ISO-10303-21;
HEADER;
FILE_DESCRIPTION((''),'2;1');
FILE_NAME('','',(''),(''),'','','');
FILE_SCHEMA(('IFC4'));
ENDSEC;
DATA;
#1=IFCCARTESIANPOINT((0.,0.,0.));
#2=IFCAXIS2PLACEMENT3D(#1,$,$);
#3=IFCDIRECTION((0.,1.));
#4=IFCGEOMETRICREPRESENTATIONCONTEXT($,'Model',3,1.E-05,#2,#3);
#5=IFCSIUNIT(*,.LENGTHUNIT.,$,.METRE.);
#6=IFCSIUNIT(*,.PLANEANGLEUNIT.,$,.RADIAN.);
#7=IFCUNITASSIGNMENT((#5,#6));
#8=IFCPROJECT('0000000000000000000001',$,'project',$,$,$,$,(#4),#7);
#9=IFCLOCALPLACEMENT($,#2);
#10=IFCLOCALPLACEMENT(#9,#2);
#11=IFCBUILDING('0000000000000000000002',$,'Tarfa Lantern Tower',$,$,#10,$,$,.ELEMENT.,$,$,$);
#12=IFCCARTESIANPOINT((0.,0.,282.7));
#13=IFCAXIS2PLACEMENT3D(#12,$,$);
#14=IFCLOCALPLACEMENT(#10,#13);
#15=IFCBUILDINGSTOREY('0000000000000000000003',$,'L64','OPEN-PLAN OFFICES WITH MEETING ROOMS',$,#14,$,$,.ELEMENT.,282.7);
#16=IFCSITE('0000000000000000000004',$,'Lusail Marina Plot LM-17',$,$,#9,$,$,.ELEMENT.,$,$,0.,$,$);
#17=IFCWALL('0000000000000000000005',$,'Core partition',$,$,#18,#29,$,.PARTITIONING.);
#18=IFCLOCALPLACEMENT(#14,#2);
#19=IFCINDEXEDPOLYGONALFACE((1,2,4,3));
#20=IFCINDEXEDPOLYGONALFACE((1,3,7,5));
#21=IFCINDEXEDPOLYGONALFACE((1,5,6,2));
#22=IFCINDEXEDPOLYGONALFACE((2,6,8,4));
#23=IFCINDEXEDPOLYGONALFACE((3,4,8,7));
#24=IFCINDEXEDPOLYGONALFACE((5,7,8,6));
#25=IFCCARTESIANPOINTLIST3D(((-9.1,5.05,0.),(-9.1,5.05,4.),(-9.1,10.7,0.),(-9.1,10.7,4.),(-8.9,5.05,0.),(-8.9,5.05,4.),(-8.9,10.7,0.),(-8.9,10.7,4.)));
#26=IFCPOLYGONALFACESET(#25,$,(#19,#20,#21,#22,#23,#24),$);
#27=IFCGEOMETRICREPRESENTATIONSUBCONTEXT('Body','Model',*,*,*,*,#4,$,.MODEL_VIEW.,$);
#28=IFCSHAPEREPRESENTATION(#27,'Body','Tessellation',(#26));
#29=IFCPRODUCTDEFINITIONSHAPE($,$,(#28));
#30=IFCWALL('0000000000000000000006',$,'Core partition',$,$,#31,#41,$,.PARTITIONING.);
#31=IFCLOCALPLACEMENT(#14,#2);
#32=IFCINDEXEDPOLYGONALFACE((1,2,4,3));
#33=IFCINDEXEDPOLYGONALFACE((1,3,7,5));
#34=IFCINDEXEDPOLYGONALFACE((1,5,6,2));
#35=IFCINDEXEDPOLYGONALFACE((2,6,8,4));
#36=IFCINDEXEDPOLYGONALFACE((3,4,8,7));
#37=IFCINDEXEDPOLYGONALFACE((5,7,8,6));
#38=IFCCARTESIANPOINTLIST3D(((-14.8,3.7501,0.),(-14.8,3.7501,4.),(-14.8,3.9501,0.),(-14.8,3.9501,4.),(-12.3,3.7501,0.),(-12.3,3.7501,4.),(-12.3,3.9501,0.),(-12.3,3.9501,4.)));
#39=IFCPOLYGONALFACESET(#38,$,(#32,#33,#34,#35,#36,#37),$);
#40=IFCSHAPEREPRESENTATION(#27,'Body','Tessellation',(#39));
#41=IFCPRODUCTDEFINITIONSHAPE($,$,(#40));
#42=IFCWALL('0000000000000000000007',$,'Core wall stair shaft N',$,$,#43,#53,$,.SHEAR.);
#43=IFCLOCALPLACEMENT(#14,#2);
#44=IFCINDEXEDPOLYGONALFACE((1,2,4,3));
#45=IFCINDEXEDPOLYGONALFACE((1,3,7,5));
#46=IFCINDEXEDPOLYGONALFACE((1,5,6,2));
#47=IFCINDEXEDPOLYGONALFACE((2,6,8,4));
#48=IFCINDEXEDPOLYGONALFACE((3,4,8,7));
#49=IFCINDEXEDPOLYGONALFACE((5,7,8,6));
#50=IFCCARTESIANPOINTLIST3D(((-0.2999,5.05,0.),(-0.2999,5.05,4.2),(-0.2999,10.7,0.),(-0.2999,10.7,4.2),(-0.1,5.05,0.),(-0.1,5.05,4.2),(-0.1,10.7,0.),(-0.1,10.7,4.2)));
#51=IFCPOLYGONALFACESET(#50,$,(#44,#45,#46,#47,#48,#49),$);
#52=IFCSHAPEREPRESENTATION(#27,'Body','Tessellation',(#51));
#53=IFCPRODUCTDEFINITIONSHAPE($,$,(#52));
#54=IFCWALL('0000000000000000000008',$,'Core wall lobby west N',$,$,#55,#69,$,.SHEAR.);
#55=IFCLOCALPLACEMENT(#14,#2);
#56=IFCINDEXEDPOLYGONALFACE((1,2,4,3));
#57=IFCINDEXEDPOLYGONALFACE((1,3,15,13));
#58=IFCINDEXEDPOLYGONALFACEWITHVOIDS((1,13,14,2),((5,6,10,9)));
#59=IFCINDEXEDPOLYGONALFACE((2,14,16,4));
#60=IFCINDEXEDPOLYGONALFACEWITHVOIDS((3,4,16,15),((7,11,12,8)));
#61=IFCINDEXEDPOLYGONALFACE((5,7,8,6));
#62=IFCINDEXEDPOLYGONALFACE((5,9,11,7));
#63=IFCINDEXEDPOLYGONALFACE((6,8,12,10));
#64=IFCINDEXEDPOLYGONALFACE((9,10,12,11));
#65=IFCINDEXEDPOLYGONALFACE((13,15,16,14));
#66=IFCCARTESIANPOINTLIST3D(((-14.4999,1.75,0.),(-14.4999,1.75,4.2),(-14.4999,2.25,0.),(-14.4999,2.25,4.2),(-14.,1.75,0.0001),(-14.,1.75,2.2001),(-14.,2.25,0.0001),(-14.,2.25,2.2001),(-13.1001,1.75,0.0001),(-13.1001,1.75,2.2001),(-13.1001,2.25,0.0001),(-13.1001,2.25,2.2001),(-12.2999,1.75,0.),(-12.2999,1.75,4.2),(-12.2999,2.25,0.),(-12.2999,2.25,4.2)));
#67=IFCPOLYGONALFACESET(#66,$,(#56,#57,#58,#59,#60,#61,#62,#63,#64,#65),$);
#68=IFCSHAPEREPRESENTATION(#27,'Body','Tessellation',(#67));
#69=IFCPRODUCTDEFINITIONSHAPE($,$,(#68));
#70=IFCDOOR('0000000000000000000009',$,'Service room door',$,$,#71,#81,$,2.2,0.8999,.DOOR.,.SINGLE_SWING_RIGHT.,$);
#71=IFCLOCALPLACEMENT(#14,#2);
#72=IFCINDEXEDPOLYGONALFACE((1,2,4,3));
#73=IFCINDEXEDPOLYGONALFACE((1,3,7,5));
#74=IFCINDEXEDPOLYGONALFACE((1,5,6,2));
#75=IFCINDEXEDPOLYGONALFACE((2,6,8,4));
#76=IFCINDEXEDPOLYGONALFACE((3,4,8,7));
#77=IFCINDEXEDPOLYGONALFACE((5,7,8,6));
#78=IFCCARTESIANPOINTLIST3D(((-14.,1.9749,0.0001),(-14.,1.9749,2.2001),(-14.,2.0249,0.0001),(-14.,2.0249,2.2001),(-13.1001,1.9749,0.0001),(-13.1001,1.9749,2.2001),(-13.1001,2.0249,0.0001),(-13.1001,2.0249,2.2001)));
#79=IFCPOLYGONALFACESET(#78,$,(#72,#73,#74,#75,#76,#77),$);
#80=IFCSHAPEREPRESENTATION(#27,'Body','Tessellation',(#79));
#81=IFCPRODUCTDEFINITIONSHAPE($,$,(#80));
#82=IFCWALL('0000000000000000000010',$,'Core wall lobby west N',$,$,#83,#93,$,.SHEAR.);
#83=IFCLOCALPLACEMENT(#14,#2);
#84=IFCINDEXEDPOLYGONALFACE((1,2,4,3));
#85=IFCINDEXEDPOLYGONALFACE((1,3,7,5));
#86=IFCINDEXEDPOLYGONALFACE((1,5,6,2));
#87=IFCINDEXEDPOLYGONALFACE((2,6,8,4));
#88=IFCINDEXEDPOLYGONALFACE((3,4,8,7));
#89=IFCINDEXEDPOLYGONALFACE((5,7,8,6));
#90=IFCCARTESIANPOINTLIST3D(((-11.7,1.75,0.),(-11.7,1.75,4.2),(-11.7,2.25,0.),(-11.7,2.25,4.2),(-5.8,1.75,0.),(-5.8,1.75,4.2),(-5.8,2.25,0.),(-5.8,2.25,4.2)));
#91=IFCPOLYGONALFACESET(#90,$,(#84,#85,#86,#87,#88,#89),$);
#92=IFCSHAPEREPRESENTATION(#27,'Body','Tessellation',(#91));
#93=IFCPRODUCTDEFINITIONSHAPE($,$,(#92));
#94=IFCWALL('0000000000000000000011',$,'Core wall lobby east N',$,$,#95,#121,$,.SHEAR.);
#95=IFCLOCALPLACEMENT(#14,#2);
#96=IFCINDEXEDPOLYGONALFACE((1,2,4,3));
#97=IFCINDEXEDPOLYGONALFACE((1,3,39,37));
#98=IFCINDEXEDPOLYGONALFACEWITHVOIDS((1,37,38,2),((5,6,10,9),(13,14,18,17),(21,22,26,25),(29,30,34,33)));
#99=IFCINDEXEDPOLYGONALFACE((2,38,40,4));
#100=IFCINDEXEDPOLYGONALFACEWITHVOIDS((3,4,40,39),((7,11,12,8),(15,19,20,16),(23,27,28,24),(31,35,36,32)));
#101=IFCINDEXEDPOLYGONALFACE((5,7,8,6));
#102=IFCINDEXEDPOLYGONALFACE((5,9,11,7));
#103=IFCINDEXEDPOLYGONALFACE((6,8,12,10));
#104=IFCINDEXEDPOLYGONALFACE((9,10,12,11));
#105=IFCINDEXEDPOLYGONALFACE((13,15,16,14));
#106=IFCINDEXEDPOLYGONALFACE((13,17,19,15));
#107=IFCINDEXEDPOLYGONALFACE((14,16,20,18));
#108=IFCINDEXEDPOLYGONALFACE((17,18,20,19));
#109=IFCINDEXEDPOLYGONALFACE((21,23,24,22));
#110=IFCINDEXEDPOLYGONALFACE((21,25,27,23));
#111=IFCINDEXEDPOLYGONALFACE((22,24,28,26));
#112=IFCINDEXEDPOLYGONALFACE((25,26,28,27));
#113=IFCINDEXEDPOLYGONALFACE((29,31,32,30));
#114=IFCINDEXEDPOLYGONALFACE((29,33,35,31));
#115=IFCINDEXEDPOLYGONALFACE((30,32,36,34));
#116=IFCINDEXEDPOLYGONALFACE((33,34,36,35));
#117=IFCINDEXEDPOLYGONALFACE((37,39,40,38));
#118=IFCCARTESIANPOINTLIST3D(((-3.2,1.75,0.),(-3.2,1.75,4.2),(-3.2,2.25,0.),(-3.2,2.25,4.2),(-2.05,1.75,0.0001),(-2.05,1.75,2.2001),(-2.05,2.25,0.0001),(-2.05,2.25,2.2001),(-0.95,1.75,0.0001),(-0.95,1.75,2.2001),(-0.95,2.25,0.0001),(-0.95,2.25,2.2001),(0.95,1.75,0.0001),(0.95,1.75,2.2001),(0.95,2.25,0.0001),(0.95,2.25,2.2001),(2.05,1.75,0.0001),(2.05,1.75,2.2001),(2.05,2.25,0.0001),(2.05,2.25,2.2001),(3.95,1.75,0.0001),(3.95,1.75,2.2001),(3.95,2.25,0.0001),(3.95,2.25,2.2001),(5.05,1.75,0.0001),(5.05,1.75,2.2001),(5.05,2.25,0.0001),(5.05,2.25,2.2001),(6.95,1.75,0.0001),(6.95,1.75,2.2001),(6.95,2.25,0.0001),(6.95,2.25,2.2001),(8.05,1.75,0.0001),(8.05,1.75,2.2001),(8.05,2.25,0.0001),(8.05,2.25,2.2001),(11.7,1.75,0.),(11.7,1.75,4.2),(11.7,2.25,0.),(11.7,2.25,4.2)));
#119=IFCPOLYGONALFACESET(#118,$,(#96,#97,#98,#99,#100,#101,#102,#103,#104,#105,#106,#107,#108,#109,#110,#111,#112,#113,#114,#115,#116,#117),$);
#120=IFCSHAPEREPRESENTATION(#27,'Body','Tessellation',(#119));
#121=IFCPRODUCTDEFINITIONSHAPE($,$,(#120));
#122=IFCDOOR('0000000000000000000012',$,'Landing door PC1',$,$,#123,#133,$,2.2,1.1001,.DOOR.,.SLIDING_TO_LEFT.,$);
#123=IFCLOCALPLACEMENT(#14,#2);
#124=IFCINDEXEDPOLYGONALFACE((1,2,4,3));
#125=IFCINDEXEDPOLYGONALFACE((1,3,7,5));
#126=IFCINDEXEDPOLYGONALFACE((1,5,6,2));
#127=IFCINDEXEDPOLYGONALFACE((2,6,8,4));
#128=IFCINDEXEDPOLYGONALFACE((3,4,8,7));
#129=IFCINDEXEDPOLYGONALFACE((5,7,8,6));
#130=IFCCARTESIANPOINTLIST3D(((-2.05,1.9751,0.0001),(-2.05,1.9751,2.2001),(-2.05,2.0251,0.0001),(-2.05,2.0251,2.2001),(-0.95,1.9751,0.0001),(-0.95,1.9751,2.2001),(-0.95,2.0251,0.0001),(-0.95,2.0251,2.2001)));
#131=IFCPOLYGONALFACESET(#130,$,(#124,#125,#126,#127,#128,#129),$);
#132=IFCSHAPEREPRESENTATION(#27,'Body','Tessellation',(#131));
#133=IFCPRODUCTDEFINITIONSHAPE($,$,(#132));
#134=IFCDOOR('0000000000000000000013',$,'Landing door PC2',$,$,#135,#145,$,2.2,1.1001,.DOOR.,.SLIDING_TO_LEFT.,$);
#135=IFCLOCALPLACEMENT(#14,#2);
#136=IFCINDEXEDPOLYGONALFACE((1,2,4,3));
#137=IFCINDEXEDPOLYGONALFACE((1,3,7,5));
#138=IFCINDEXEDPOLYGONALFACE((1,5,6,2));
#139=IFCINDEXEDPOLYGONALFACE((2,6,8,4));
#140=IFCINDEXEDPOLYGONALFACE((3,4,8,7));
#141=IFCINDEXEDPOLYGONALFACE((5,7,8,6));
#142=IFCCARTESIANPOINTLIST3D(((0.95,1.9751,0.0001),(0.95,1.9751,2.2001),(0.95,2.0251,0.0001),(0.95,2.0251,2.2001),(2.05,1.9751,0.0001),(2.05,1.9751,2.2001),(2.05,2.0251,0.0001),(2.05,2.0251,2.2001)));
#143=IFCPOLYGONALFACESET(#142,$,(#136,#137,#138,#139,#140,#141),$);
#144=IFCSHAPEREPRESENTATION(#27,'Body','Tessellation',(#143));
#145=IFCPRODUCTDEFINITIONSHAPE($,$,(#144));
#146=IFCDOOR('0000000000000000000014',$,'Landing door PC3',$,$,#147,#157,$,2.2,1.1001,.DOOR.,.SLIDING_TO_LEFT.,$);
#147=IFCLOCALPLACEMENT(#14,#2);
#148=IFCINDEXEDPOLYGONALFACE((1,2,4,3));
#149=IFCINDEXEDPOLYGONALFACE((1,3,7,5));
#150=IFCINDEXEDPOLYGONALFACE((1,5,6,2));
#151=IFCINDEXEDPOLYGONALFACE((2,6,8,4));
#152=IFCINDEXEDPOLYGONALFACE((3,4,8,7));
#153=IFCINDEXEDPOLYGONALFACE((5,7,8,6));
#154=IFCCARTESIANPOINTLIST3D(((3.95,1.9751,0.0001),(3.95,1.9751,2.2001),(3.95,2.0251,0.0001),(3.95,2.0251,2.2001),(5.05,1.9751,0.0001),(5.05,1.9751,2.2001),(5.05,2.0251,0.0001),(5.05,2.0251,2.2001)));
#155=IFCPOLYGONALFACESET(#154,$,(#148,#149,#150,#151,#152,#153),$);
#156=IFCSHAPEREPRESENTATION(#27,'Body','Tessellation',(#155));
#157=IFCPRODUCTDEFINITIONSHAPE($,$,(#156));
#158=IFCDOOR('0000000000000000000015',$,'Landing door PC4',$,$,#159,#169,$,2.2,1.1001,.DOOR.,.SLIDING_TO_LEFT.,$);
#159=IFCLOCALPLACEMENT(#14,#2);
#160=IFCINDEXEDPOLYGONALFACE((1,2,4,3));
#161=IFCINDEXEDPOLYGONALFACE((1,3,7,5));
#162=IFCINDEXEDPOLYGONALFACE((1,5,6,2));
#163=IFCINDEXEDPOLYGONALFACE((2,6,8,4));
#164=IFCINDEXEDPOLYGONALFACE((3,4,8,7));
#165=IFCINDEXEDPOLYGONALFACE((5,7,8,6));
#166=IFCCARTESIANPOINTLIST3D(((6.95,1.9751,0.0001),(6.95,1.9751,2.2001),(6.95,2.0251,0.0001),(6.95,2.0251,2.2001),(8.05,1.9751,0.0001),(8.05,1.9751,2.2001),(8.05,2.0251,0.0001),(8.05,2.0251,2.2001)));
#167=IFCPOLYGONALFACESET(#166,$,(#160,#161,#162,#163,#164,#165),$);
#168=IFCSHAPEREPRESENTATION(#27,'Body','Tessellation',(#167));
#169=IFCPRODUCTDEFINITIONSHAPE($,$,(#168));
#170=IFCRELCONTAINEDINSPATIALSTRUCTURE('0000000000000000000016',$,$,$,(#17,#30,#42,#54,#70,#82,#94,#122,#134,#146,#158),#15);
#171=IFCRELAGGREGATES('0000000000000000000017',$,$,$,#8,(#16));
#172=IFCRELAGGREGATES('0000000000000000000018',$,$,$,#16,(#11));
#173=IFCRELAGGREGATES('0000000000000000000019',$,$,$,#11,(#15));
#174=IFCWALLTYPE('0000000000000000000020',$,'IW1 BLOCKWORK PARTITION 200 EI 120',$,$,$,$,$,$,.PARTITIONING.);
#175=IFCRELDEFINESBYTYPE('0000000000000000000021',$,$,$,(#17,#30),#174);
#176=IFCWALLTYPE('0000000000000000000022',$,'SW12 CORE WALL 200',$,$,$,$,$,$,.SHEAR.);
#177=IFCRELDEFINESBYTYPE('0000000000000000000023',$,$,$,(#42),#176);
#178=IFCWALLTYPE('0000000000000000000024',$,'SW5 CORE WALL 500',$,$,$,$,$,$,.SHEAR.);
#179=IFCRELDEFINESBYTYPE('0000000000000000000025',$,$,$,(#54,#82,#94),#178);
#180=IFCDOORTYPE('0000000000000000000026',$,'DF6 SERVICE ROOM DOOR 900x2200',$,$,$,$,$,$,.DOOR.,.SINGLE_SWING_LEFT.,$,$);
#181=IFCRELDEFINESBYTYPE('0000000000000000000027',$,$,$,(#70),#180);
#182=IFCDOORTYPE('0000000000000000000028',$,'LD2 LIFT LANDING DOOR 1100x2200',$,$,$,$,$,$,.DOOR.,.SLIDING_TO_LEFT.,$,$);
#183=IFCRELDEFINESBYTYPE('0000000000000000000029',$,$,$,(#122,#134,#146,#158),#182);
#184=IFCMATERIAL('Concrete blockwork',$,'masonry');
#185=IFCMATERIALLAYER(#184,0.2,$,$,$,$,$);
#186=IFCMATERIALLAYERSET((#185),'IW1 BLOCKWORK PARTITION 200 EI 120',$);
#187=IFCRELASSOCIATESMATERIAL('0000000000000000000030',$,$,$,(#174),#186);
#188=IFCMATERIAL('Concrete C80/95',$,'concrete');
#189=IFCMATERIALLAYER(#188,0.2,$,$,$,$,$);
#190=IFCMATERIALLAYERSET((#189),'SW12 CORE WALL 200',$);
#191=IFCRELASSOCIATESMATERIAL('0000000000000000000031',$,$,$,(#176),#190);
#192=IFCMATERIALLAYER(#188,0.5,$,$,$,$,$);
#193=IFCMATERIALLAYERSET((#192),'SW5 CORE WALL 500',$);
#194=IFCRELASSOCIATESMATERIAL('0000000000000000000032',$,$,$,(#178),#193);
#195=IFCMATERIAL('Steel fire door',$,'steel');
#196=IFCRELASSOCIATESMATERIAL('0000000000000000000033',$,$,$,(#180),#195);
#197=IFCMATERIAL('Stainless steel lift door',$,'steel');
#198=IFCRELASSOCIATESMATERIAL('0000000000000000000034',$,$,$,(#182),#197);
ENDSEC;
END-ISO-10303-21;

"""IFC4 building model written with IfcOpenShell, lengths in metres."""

from ifc_helpers import new_model, si_unit, direction, frame, frame_2d, origin, place, context, subcontext, project, spatial, rectangle, extrude, material, layer, layer_set, type_object, element, fill, save


model = new_model("IFC4")

# Units and contexts
model_context = context("Model", 3, precision=1e-05, world=origin(), true_north=direction((0.0, 1.0)))
body_context = subcontext(model_context, "Body", "Model", "MODEL_VIEW")
ifc_project = project(units=[si_unit("LENGTHUNIT", "METRE"), si_unit("PLANEANGLEUNIT", "RADIAN")], contexts=[model_context])

# Site, building, storey
site_placement = place(None, origin())
site = spatial("IfcSite", under=ifc_project, at=site_placement, Name="Lusail Marina Plot LM-17", CompositionType="ELEMENT", RefElevation=0.0)
building_placement = place(site_placement, origin())
building = spatial("IfcBuilding", under=site, at=building_placement, Name="Tarfa Lantern Tower", CompositionType="ELEMENT")
storey_placement = place(building_placement, frame((0.0, 0.0, 282.7)))
storey = spatial("IfcBuildingStorey", under=building, at=storey_placement, Name="L64", Description="OPEN-PLAN OFFICES WITH MEETING ROOMS", CompositionType="ELEMENT", Elevation=282.7)

# Walls
ifc_material_1 = material(Name="Concrete blockwork", Category="masonry")
ifc_layer_1 = layer(ifc_material_1, 0.2)
ifc_layer_set_1 = layer_set([ifc_layer_1], Name="IW1 BLOCKWORK PARTITION 200 EI 120")
wall_type_1 = type_object("IfcWallType", Name="IW1 BLOCKWORK PARTITION 200 EI 120", PredefinedType="PARTITIONING", material=ifc_layer_set_1)
wall_1_placement = place(storey_placement, frame((-9.0, 5.05, 0.0), z_axis=(0.0, 0.0, 1.0), x_axis=(0.0, 1.0, 0.0)))
element("IfcWall", 1, at=wall_1_placement, inside=storey, type_object=wall_type_1, Name="Core partition", PredefinedType="PARTITIONING", context=body_context, shape_type="SweptSolid", body=[
    extrude(rectangle(XDim=5.6499, YDim=0.2, at=frame_2d((2.825, 0.0))), origin(), (0.0, 0.0, 1.0), 4.0),
])
wall_2_placement = place(storey_placement, frame((-14.8, 3.8501, 0.0), z_axis=(0.0, 0.0, 1.0), x_axis=(1.0, 0.0, 0.0)))
element("IfcWall", 2, at=wall_2_placement, inside=storey, type_object=wall_type_1, Name="Core partition", PredefinedType="PARTITIONING", context=body_context, shape_type="SweptSolid", body=[
    extrude(rectangle(XDim=2.5, YDim=0.2, at=frame_2d((1.25, 0.0))), origin(), (0.0, 0.0, 1.0), 4.0),
])
ifc_material_2 = material(Name="Concrete C80/95", Category="concrete")
ifc_layer_2 = layer(ifc_material_2, 0.2)
ifc_layer_set_2 = layer_set([ifc_layer_2], Name="SW12 CORE WALL 200")
wall_type_2 = type_object("IfcWallType", Name="SW12 CORE WALL 200", PredefinedType="SHEAR", material=ifc_layer_set_2)
wall_3_placement = place(storey_placement, frame((-0.2, 5.05, 0.0), z_axis=(0.0, 0.0, 1.0), x_axis=(0.0, 1.0, 0.0)))
element("IfcWall", 3, at=wall_3_placement, inside=storey, type_object=wall_type_2, Name="Core wall stair shaft N", PredefinedType="SHEAR", context=body_context, shape_type="SweptSolid", body=[
    extrude(rectangle(XDim=5.6499, YDim=0.2, at=frame_2d((2.825, 0.0))), origin(), (0.0, 0.0, 1.0), 4.2),
])

# Wall, opening, door
ifc_layer_3 = layer(ifc_material_2, 0.5)
ifc_layer_set_3 = layer_set([ifc_layer_3], Name="SW5 CORE WALL 500")
wall_type_3 = type_object("IfcWallType", Name="SW5 CORE WALL 500", PredefinedType="SHEAR", material=ifc_layer_set_3)
wall_4_placement = place(storey_placement, frame((-14.5, 2.0, 0.0), z_axis=(0.0, 0.0, 1.0), x_axis=(1.0, 0.0, 0.0)))
wall_4 = element("IfcWall", 4, at=wall_4_placement, inside=storey, type_object=wall_type_3, Name="Core wall lobby west N", PredefinedType="SHEAR", context=body_context, shape_type="SweptSolid", body=[
    extrude(rectangle(XDim=2.2, YDim=0.5, at=frame_2d((1.1001, 0.0))), origin(), (0.0, 0.0, 1.0), 4.2),
])
opening_1_placement = place(wall_4_placement, frame((0.5, 0.0, 0.0)))
opening_1 = element("IfcOpeningElement", 5, at=opening_1_placement, cuts=wall_4, PredefinedType="OPENING", context=body_context, shape_type="SweptSolid", body=[
    extrude(rectangle(XDim=0.8999, YDim=2.2, at=frame_2d((0.45, 1.1001))), frame((0.0, 0.26, 0.0), z_axis=(0.0, -1.0, 0.0), x_axis=(1.0, 0.0, 0.0)), (0.0, 0.0, 1.0), 0.52),
])
ifc_material_3 = material(Name="Steel fire door", Category="steel")
door_type_1 = type_object("IfcDoorType", Name="DF6 SERVICE ROOM DOOR 900x2200", OperationType="SINGLE_SWING_LEFT", PredefinedType="DOOR", material=ifc_material_3)
door_1_placement = place(opening_1_placement, origin())
door_1 = element("IfcDoor", 6, at=door_1_placement, inside=storey, type_object=door_type_1, Name="Service room door", OperationType="SINGLE_SWING_RIGHT", OverallHeight=2.2, OverallWidth=0.8999, PredefinedType="DOOR", context=body_context, shape_type="SweptSolid", body=[
    extrude(rectangle(XDim=0.8999, YDim=2.2, at=frame_2d((0.45, 1.1001))), frame((0.0, 0.0249, 0.0), z_axis=(0.0, -1.0, 0.0), x_axis=(1.0, 0.0, 0.0)), (0.0, 0.0, 1.0), 0.05),
])
fill(opening_1, door_1)

# Wall
wall_5_placement = place(storey_placement, frame((-11.7, 2.0, 0.0), z_axis=(0.0, 0.0, 1.0), x_axis=(1.0, 0.0, 0.0)))
element("IfcWall", 7, at=wall_5_placement, inside=storey, type_object=wall_type_3, Name="Core wall lobby west N", PredefinedType="SHEAR", context=body_context, shape_type="SweptSolid", body=[
    extrude(rectangle(XDim=5.8999, YDim=0.5, at=frame_2d((2.95, 0.0))), origin(), (0.0, 0.0, 1.0), 4.2),
])

# Wall, openings, doors
wall_6_placement = place(storey_placement, frame((-3.2, 2.0, 0.0), z_axis=(0.0, 0.0, 1.0), x_axis=(1.0, 0.0, 0.0)))
wall_6 = element("IfcWall", 8, at=wall_6_placement, inside=storey, type_object=wall_type_3, Name="Core wall lobby east N", PredefinedType="SHEAR", context=body_context, shape_type="SweptSolid", body=[
    extrude(rectangle(XDim=14.8999, YDim=0.5, at=frame_2d((7.45, 0.0))), origin(), (0.0, 0.0, 1.0), 4.2),
])
opening_2_placement = place(wall_6_placement, frame((1.1499, 0.0, 0.0)))
opening_2 = element("IfcOpeningElement", 9, at=opening_2_placement, cuts=wall_6, PredefinedType="OPENING", context=body_context, shape_type="SweptSolid", body=[
    extrude(rectangle(XDim=1.1001, YDim=2.2, at=frame_2d((0.55, 1.1001))), frame((0.0, 0.26, 0.0), z_axis=(0.0, -1.0, 0.0), x_axis=(1.0, 0.0, 0.0)), (0.0, 0.0, 1.0), 0.52),
])
opening_3_placement = place(wall_6_placement, frame((4.1499, 0.0, 0.0)))
opening_3 = element("IfcOpeningElement", 10, at=opening_3_placement, cuts=wall_6, PredefinedType="OPENING", context=body_context, shape_type="SweptSolid", body=[
    extrude(rectangle(XDim=1.1001, YDim=2.2, at=frame_2d((0.55, 1.1001))), frame((0.0, 0.26, 0.0), z_axis=(0.0, -1.0, 0.0), x_axis=(1.0, 0.0, 0.0)), (0.0, 0.0, 1.0), 0.52),
])
opening_4_placement = place(wall_6_placement, frame((7.1499, 0.0, 0.0)))
opening_4 = element("IfcOpeningElement", 11, at=opening_4_placement, cuts=wall_6, PredefinedType="OPENING", context=body_context, shape_type="SweptSolid", body=[
    extrude(rectangle(XDim=1.1001, YDim=2.2, at=frame_2d((0.55, 1.1001))), frame((0.0, 0.26, 0.0), z_axis=(0.0, -1.0, 0.0), x_axis=(1.0, 0.0, 0.0)), (0.0, 0.0, 1.0), 0.52),
])
opening_5_placement = place(wall_6_placement, frame((10.1499, 0.0, 0.0)))
opening_5 = element("IfcOpeningElement", 12, at=opening_5_placement, cuts=wall_6, PredefinedType="OPENING", context=body_context, shape_type="SweptSolid", body=[
    extrude(rectangle(XDim=1.1001, YDim=2.2, at=frame_2d((0.55, 1.1001))), frame((0.0, 0.26, 0.0), z_axis=(0.0, -1.0, 0.0), x_axis=(1.0, 0.0, 0.0)), (0.0, 0.0, 1.0), 0.52),
])
ifc_material_4 = material(Name="Stainless steel lift door", Category="steel")
door_type_2 = type_object("IfcDoorType", Name="LD2 LIFT LANDING DOOR 1100x2200", OperationType="SLIDING_TO_LEFT", PredefinedType="DOOR", material=ifc_material_4)
door_2_placement = place(opening_2_placement, frame((1.1001, 0.0, 0.0), z_axis=(0.0, 0.0, 1.0), x_axis=(-1.0, 0.0, 0.0)))
door_2 = element("IfcDoor", 13, at=door_2_placement, inside=storey, type_object=door_type_2, Name="Landing door PC1", OperationType="SLIDING_TO_LEFT", OverallHeight=2.2, OverallWidth=1.1001, PredefinedType="DOOR", context=body_context, shape_type="SweptSolid", body=[
    extrude(rectangle(XDim=1.1001, YDim=2.2, at=frame_2d((0.55, 1.1001))), frame((0.0, 0.0249, 0.0), z_axis=(0.0, -1.0, 0.0), x_axis=(1.0, 0.0, 0.0)), (0.0, 0.0, 1.0), 0.05),
])
fill(opening_2, door_2)
door_3_placement = place(opening_3_placement, frame((1.1001, 0.0, 0.0), z_axis=(0.0, 0.0, 1.0), x_axis=(-1.0, 0.0, 0.0)))
door_3 = element("IfcDoor", 14, at=door_3_placement, inside=storey, type_object=door_type_2, Name="Landing door PC2", OperationType="SLIDING_TO_LEFT", OverallHeight=2.2, OverallWidth=1.1001, PredefinedType="DOOR", context=body_context, shape_type="SweptSolid", body=[
    extrude(rectangle(XDim=1.1001, YDim=2.2, at=frame_2d((0.55, 1.1001))), frame((0.0, 0.0249, 0.0), z_axis=(0.0, -1.0, 0.0), x_axis=(1.0, 0.0, 0.0)), (0.0, 0.0, 1.0), 0.05),
])
fill(opening_3, door_3)
door_4_placement = place(opening_4_placement, frame((1.1001, 0.0, 0.0), z_axis=(0.0, 0.0, 1.0), x_axis=(-1.0, 0.0, 0.0)))
door_4 = element("IfcDoor", 15, at=door_4_placement, inside=storey, type_object=door_type_2, Name="Landing door PC3", OperationType="SLIDING_TO_LEFT", OverallHeight=2.2, OverallWidth=1.1001, PredefinedType="DOOR", context=body_context, shape_type="SweptSolid", body=[
    extrude(rectangle(XDim=1.1001, YDim=2.2, at=frame_2d((0.55, 1.1001))), frame((0.0, 0.0249, 0.0), z_axis=(0.0, -1.0, 0.0), x_axis=(1.0, 0.0, 0.0)), (0.0, 0.0, 1.0), 0.05),
])
fill(opening_4, door_4)
door_5_placement = place(opening_5_placement, frame((1.1001, 0.0, 0.0), z_axis=(0.0, 0.0, 1.0), x_axis=(-1.0, 0.0, 0.0)))
door_5 = element("IfcDoor", 16, at=door_5_placement, inside=storey, type_object=door_type_2, Name="Landing door PC4", OperationType="SLIDING_TO_LEFT", OverallHeight=2.2, OverallWidth=1.1001, PredefinedType="DOOR", context=body_context, shape_type="SweptSolid", body=[
    extrude(rectangle(XDim=1.1001, YDim=2.2, at=frame_2d((0.55, 1.1001))), frame((0.0, 0.0249, 0.0), z_axis=(0.0, -1.0, 0.0), x_axis=(1.0, 0.0, 0.0)), (0.0, 0.0, 1.0), 0.05),
])
fill(opening_5, door_5)

save(model, "model.ifc")
